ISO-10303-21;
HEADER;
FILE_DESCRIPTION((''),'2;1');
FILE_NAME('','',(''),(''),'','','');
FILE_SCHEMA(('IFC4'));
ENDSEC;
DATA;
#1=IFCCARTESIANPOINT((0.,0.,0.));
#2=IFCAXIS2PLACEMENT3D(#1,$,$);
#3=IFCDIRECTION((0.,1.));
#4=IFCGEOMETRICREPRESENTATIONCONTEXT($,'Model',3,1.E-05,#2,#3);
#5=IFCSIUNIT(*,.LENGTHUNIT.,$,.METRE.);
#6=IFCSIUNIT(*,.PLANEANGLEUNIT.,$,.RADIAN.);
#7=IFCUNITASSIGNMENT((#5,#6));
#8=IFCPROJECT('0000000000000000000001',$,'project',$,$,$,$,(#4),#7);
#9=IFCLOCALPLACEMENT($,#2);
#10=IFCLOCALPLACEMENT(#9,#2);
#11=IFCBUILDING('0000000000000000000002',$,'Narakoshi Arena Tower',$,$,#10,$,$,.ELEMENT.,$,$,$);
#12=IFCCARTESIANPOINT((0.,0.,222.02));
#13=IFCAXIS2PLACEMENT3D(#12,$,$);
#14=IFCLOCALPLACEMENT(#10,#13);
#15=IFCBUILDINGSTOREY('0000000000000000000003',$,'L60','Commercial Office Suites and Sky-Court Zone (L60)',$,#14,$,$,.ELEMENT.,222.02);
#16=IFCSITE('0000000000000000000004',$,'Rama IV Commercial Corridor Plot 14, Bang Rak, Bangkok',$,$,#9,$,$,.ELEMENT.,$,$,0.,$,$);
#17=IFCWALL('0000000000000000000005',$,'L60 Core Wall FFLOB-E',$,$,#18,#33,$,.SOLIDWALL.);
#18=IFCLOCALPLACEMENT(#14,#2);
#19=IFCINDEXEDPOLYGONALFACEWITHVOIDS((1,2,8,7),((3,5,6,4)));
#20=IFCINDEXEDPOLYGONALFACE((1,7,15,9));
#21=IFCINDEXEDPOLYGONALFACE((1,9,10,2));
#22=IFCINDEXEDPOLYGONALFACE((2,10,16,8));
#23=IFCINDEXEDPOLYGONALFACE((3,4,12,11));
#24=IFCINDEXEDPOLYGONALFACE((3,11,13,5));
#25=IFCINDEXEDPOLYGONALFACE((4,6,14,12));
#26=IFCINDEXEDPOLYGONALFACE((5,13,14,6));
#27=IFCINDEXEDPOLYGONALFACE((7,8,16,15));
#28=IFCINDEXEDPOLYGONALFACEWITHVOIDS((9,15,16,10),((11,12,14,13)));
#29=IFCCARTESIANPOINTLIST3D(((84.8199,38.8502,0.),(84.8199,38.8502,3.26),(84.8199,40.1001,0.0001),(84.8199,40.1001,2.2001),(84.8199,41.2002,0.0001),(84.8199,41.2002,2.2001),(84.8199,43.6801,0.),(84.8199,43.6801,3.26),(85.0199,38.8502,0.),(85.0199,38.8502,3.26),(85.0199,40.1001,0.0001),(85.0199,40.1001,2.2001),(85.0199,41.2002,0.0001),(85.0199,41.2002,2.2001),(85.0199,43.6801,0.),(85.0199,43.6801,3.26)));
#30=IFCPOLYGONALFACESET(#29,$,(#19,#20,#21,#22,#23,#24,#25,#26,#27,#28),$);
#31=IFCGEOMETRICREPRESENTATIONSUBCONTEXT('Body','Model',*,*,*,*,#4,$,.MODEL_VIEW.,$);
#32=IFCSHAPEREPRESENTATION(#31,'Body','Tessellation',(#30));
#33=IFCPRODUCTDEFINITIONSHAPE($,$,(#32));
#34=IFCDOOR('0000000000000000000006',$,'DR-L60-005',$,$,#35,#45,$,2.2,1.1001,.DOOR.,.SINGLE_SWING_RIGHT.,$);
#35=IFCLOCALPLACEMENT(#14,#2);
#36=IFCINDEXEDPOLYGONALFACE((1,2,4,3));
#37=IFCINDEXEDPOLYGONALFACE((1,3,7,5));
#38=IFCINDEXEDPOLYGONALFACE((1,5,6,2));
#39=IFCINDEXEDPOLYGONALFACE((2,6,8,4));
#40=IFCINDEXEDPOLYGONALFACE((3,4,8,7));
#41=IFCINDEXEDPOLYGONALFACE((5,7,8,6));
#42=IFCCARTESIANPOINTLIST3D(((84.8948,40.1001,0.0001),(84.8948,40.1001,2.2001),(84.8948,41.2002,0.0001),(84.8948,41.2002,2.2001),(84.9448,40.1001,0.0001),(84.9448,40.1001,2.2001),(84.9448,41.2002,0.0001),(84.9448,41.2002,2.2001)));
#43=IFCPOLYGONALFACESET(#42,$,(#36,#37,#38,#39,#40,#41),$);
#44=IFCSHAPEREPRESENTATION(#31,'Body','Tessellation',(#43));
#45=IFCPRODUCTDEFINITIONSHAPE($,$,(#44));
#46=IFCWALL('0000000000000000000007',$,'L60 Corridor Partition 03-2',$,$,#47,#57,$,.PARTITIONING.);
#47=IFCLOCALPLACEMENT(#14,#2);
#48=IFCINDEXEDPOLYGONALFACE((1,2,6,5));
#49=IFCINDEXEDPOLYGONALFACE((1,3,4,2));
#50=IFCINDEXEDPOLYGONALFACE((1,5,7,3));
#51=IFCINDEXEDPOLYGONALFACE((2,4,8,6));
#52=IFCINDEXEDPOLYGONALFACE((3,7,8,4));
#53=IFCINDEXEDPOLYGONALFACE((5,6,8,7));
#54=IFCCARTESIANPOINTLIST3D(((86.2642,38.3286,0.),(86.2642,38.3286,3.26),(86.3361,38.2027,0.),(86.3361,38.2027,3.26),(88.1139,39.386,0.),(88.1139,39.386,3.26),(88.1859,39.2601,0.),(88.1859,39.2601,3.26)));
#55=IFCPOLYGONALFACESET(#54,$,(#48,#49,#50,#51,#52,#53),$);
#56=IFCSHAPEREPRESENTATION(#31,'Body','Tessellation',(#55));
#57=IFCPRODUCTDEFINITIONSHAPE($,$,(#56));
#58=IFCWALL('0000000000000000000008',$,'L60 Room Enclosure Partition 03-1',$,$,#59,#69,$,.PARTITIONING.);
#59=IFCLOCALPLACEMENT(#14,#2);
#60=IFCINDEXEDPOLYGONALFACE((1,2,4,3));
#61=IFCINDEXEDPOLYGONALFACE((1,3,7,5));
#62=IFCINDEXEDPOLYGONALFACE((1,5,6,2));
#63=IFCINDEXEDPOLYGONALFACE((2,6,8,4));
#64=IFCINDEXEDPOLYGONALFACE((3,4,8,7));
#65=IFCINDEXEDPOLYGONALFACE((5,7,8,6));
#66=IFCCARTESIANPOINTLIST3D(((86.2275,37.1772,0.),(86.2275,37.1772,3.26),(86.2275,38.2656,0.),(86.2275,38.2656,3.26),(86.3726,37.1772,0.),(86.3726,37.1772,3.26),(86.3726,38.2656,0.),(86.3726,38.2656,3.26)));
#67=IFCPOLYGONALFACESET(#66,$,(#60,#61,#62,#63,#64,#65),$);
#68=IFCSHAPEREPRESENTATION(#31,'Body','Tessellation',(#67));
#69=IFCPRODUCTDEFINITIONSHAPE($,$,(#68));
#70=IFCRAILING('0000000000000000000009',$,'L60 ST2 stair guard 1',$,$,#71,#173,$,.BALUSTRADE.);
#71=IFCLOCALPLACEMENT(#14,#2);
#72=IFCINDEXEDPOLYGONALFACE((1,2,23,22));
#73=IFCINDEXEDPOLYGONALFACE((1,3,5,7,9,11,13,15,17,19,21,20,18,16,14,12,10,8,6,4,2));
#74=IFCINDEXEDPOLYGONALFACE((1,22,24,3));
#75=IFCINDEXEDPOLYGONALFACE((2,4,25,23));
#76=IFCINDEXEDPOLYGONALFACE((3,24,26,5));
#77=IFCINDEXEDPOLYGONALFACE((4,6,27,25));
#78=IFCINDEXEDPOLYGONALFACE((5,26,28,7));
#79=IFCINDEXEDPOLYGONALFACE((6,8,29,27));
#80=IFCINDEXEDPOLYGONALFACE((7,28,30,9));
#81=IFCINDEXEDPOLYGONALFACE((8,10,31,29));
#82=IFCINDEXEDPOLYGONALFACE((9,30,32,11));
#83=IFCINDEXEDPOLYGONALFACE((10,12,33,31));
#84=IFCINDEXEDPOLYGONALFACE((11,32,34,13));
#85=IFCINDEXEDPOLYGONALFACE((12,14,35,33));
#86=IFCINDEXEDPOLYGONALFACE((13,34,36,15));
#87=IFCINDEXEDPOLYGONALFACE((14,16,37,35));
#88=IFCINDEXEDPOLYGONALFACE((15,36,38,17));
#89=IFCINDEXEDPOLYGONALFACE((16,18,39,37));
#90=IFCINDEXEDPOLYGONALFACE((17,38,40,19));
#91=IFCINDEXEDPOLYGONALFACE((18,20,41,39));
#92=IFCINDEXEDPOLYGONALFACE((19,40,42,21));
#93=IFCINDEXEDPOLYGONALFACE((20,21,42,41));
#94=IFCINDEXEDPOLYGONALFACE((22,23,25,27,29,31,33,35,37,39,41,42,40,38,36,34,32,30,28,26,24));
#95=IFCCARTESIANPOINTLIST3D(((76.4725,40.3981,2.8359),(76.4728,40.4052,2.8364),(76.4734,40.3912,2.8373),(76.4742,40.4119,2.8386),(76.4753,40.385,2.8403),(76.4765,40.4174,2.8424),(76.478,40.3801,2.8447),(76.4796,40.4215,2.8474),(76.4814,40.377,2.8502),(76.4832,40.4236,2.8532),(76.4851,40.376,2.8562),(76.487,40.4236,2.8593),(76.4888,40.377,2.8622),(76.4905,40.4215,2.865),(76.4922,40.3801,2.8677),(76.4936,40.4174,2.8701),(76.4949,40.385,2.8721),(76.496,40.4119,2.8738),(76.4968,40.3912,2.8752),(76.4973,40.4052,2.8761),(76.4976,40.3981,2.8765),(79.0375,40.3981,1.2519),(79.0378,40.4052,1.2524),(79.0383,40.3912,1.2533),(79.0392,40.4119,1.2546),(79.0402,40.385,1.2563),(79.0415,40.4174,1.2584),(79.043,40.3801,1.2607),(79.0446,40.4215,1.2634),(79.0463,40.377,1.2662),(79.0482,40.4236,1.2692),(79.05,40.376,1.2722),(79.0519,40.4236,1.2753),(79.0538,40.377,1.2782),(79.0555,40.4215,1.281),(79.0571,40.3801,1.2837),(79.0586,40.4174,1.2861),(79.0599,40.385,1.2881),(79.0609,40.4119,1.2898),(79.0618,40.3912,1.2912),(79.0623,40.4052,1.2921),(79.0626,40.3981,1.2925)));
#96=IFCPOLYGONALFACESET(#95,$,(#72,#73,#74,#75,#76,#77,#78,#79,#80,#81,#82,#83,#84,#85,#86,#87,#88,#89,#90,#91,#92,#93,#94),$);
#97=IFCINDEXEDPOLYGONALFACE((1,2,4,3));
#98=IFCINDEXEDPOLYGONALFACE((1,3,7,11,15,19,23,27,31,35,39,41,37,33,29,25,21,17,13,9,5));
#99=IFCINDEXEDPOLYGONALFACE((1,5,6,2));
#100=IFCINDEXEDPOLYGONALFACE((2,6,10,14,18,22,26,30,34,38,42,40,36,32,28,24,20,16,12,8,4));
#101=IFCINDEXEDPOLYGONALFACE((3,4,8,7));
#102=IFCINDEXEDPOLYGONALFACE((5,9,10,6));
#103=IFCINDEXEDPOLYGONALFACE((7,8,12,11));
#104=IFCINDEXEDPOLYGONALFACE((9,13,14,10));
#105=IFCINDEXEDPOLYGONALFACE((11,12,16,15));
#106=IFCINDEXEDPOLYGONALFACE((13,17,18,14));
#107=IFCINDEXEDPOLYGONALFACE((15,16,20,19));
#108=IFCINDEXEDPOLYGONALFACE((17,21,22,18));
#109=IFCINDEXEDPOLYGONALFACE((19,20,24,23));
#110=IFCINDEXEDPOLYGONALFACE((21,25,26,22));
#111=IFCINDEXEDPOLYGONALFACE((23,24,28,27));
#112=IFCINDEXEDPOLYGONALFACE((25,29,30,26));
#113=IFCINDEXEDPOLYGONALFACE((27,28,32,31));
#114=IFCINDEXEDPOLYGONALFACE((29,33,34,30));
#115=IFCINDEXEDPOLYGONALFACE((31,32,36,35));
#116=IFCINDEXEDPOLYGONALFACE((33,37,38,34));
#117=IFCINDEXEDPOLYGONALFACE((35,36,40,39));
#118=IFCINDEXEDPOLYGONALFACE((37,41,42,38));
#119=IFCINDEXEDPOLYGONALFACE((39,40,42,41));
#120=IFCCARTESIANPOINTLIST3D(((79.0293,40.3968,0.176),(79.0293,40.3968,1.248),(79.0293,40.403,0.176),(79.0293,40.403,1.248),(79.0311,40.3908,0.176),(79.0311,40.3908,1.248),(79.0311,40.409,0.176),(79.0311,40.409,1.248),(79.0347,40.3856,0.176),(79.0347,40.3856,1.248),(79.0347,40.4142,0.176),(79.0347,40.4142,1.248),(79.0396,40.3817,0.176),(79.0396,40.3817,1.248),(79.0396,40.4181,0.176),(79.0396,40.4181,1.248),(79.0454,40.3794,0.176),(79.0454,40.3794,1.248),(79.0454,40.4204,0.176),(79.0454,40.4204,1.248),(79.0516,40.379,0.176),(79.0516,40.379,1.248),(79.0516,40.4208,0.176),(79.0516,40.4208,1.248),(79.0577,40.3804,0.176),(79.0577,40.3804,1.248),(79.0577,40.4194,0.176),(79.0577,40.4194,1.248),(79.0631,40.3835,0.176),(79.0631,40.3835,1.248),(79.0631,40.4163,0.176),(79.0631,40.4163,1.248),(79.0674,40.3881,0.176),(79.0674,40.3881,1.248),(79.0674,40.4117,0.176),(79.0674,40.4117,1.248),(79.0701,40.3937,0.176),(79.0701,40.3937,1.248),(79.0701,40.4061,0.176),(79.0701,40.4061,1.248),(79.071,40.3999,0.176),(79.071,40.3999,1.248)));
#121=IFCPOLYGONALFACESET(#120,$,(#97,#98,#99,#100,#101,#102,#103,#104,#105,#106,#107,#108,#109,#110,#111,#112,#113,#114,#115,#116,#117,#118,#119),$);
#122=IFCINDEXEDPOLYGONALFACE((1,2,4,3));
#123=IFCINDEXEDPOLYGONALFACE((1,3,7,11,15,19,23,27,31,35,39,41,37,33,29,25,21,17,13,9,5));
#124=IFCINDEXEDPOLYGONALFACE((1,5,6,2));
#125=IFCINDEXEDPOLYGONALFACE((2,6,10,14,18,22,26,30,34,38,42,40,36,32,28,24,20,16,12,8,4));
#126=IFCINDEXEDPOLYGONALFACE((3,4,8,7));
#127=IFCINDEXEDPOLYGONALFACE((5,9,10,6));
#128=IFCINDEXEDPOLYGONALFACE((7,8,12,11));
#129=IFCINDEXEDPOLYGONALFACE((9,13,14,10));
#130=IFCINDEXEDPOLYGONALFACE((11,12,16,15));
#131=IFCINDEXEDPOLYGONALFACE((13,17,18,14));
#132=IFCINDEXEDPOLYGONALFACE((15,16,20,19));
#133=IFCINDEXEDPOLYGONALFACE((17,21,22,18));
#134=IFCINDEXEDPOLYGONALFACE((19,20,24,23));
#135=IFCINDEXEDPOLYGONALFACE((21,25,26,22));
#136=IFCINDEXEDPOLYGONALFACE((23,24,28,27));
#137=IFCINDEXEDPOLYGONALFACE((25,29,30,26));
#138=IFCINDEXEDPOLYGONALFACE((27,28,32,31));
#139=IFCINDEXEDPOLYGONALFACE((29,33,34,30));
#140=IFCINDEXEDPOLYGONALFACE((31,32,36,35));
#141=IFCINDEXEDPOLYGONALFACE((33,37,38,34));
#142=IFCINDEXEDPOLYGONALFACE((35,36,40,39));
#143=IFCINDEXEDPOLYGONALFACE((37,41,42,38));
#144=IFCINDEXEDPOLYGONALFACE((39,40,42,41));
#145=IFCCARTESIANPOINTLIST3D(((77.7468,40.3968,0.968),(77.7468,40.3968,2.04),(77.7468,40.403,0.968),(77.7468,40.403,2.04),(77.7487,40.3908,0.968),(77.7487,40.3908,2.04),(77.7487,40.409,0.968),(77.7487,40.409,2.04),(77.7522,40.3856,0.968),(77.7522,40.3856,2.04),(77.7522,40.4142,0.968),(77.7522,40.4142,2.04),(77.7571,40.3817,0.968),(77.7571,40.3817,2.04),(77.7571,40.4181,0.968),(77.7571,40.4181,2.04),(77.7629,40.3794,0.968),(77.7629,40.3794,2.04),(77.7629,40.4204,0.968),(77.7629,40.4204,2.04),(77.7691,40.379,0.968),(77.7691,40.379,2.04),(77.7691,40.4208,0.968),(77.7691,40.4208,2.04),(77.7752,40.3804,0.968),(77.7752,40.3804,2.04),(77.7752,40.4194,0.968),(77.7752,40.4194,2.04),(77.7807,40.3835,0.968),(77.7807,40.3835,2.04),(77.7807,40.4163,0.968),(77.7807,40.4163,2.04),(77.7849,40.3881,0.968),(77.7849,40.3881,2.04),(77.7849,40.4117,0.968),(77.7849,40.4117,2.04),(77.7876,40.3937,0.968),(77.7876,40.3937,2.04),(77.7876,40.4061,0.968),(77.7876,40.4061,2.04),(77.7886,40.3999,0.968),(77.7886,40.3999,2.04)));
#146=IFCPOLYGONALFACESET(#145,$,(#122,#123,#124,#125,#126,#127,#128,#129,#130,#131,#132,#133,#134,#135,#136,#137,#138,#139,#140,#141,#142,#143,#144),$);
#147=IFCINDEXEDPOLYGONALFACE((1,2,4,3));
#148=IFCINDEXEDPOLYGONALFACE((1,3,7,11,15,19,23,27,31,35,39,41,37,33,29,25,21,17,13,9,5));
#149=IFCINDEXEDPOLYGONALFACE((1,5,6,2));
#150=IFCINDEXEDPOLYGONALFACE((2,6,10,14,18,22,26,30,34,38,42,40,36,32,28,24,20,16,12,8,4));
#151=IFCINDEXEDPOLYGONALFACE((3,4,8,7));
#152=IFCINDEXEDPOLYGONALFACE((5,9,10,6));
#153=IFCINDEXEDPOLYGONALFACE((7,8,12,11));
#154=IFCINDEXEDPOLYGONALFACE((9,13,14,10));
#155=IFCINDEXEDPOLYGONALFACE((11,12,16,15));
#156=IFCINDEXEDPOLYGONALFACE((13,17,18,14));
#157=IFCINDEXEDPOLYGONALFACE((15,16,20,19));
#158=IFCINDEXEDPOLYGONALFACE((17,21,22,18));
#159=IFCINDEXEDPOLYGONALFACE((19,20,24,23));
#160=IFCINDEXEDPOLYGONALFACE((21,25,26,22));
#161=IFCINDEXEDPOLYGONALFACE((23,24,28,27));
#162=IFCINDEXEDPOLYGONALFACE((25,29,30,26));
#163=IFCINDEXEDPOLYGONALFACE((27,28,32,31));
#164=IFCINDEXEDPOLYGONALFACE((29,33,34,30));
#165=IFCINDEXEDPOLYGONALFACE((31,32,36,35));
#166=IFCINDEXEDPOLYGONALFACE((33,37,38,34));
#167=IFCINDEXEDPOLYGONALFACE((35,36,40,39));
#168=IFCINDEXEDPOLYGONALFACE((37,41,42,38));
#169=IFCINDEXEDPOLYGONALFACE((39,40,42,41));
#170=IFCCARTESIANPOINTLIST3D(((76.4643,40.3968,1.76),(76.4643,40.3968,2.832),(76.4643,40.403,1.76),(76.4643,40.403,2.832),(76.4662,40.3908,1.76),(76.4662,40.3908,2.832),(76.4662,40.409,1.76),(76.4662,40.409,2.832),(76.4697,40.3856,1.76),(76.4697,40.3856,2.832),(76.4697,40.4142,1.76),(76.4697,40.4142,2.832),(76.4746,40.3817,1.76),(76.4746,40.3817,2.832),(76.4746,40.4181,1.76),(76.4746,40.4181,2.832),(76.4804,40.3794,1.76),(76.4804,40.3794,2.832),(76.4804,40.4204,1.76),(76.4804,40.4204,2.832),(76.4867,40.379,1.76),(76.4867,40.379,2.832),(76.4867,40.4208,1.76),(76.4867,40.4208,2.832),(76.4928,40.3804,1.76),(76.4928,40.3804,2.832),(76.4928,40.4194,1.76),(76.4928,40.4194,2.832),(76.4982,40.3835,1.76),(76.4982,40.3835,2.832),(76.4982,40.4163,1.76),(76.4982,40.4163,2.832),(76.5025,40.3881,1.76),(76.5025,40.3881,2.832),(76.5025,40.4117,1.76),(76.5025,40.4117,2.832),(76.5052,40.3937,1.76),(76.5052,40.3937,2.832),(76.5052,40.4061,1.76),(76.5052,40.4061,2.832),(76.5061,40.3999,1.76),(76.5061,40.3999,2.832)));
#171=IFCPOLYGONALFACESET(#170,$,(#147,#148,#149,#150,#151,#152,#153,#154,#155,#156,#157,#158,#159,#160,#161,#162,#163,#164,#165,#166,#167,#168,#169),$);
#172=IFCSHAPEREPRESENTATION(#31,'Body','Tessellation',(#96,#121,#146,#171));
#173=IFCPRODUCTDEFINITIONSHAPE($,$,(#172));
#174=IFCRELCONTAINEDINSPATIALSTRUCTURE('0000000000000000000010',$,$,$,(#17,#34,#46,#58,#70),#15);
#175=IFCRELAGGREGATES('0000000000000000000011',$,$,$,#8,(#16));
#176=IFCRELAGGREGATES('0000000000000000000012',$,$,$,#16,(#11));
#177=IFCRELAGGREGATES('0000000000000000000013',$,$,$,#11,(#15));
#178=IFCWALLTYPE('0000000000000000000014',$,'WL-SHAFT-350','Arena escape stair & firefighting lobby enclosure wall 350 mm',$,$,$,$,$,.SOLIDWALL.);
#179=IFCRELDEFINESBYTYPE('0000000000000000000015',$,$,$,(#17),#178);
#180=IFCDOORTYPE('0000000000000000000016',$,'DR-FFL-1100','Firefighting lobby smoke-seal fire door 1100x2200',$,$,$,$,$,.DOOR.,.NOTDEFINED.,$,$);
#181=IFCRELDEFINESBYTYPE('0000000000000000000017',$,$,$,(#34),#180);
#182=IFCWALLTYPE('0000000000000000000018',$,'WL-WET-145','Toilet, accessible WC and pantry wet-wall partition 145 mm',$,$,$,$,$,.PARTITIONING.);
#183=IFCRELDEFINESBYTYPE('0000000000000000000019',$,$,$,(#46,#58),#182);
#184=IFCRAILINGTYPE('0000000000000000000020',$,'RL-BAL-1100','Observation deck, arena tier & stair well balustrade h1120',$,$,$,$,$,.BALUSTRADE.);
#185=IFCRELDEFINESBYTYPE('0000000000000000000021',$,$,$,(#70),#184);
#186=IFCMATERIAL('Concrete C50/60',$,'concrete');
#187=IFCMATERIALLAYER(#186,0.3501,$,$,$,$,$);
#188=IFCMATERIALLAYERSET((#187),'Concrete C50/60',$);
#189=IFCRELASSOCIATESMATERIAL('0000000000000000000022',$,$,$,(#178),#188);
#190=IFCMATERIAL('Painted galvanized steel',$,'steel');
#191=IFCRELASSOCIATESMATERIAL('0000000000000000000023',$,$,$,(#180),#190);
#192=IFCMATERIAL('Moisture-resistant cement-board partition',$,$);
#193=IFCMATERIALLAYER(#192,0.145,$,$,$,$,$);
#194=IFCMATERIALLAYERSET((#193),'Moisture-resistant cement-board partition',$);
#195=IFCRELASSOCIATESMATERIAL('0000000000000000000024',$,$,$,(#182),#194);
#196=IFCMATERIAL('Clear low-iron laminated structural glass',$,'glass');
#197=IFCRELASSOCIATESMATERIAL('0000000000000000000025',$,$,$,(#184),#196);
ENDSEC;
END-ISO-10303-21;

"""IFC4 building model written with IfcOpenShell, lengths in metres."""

from ifc_helpers import new_model, si_unit, direction, frame, frame_2d, origin, origin_2d, place, context, subcontext, project, spatial, rectangle, circle, extrude, material, layer, layer_set, type_object, element, fill, save


model = new_model("IFC4")

# Units and contexts
model_context = context("Model", 3, precision=1e-05, world=origin(), true_north=direction((0.0, 1.0)))
body_context = subcontext(model_context, "Body", "Model", "MODEL_VIEW")
ifc_project = project(units=[si_unit("LENGTHUNIT", "METRE"), si_unit("PLANEANGLEUNIT", "RADIAN")], contexts=[model_context])

# Site, building, storey
site_placement = place(None, origin())
site = spatial("IfcSite", under=ifc_project, at=site_placement, Name="Rama IV Commercial Corridor Plot 14, Bang Rak, Bangkok", CompositionType="ELEMENT", RefElevation=0.0)
building_placement = place(site_placement, origin())
building = spatial("IfcBuilding", under=site, at=building_placement, Name="Narakoshi Arena Tower", CompositionType="ELEMENT")
storey_placement = place(building_placement, frame((0.0, 0.0, 222.02)))
storey = spatial("IfcBuildingStorey", under=building, at=storey_placement, Name="L60", Description="Commercial Office Suites and Sky-Court Zone (L60)", CompositionType="ELEMENT", Elevation=222.02)

# Shared definitions
ifc_material_1 = material(Name="Concrete C50/60", Category="concrete")
ifc_layer_1 = layer(ifc_material_1, 0.3501)
ifc_layer_set_1 = layer_set([ifc_layer_1], Name="Concrete C50/60")
wall_type_1 = type_object("IfcWallType", Name="WL-SHAFT-350", Description="Arena escape stair & firefighting lobby enclosure wall 350 mm", PredefinedType="SOLIDWALL", material=ifc_layer_set_1)

# Shared definitions
ifc_material_2 = material(Name="Painted galvanized steel", Category="steel")

# Wall, opening, door
wall_1_placement = place(storey_placement, frame((84.9199, 38.8501, 0.0), z_axis=(0.0, 0.0, 1.0), x_axis=(0.0, 1.0, 0.0)))
wall_1 = element("IfcWall", 1, at=wall_1_placement, inside=storey, type_object=wall_type_1, Name="L60 Core Wall FFLOB-E", PredefinedType="SOLIDWALL", context=body_context, shape_type="SweptSolid", body=[
    extrude(rectangle(XDim=4.8298, YDim=0.2, at=frame_2d((2.415, 0.0))), origin(), (0.0, 0.0, 1.0), 3.26),
])
opening_1_placement = place(wall_1_placement, frame((1.25, 0.0, 0.0)))
opening_1 = element("IfcOpeningElement", 2, at=opening_1_placement, cuts=wall_1, PredefinedType="OPENING", context=body_context, shape_type="SweptSolid", body=[
    extrude(rectangle(XDim=1.1001, YDim=2.2, at=frame_2d((0.55, 1.1001))), frame((0.0, 0.1099, 0.0), z_axis=(0.0, -1.0, 0.0), x_axis=(1.0, 0.0, 0.0)), (0.0, 0.0, 1.0), 0.22),
])
door_type_1 = type_object("IfcDoorType", Name="DR-FFL-1100", Description="Firefighting lobby smoke-seal fire door 1100x2200", OperationType="NOTDEFINED", PredefinedType="DOOR", material=ifc_material_2)
door_1_placement = place(opening_1_placement, frame((1.1001, 0.0, 0.0), z_axis=(0.0, 0.0, 1.0), x_axis=(-1.0, 0.0, 0.0)))
door_1 = element("IfcDoor", 3, at=door_1_placement, inside=storey, type_object=door_type_1, Name="DR-L60-005", OperationType="SINGLE_SWING_RIGHT", OverallHeight=2.2, OverallWidth=1.1001, PredefinedType="DOOR", context=body_context, shape_type="SweptSolid", body=[
    extrude(rectangle(XDim=1.1001, YDim=2.2, at=frame_2d((0.55, 1.1001))), frame((0.0, 0.0249, 0.0), z_axis=(0.0, -1.0, 0.0), x_axis=(1.0, 0.0, 0.0)), (0.0, 0.0, 1.0), 0.05),
])
fill(opening_1, door_1)
ifc_material_3 = material(Name="Moisture-resistant cement-board partition")
ifc_layer_2 = layer(ifc_material_3, 0.145)
ifc_layer_set_2 = layer_set([ifc_layer_2], Name="Moisture-resistant cement-board partition")
wall_type_2 = type_object("IfcWallType", Name="WL-WET-145", Description="Toilet, accessible WC and pantry wet-wall partition 145 mm", PredefinedType="PARTITIONING", material=ifc_layer_set_2)

# Walls
wall_2_placement = place(storey_placement, frame((86.3, 38.2656, 0.0), z_axis=(0.0, 0.0, 1.0), x_axis=(0.86818, 0.49625, 0.0)))
element("IfcWall", 4, at=wall_2_placement, inside=storey, type_object=wall_type_2, Name="L60 Corridor Partition 03-2", PredefinedType="PARTITIONING", context=body_context, shape_type="SweptSolid", body=[
    extrude(rectangle(XDim=2.1306, YDim=0.145, at=frame_2d((1.0654, 0.0))), origin(), (0.0, 0.0, 1.0), 3.26),
])
wall_3_placement = place(storey_placement, frame((86.3, 37.1772, 0.0), z_axis=(0.0, 0.0, 1.0), x_axis=(0.0, 1.0, 0.0)))
element("IfcWall", 5, at=wall_3_placement, inside=storey, type_object=wall_type_2, Name="L60 Room Enclosure Partition 03-1", PredefinedType="PARTITIONING", context=body_context, shape_type="SweptSolid", body=[
    extrude(rectangle(XDim=1.0884, YDim=0.145, at=frame_2d((0.5442, 0.0))), origin(), (0.0, 0.0, 1.0), 3.26),
])

# Railing
ifc_material_4 = material(Name="Clear low-iron laminated structural glass", Category="glass")
railing_type = type_object("IfcRailingType", Name="RL-BAL-1100", Description="Observation deck, arena tier & stair well balustrade h1120", PredefinedType="BALUSTRADE", material=ifc_material_4)
railing_1_placement = place(storey_placement, frame((79.05, 40.3999, 0.176)))
element("IfcRailing", 6, at=railing_1_placement, inside=storey, type_object=railing_type, Name="L60 ST2 stair guard 1", PredefinedType="BALUSTRADE", context=body_context, shape_type="SweptSolid", body=[
    extrude(circle(Radius=0.0239, at=origin_2d()), frame((0.0, 0.0, 1.0962), z_axis=(-0.850834, 0.0, 0.525434), x_axis=(0.0, -1.0, 0.0)), (0.0, 0.0, 1.0), 3.0146),
    extrude(circle(Radius=0.021, at=origin_2d()), origin(), (0.0, 0.0, 1.0), 1.072),
    extrude(circle(Radius=0.021, at=origin_2d()), frame((-1.2825, 0.0, 0.792)), (0.0, 0.0, 1.0), 1.072),
    extrude(circle(Radius=0.021, at=origin_2d()), frame((-2.5649, 0.0, 1.584)), (0.0, 0.0, 1.0), 1.072),
])

save(model, "model.ifc")
